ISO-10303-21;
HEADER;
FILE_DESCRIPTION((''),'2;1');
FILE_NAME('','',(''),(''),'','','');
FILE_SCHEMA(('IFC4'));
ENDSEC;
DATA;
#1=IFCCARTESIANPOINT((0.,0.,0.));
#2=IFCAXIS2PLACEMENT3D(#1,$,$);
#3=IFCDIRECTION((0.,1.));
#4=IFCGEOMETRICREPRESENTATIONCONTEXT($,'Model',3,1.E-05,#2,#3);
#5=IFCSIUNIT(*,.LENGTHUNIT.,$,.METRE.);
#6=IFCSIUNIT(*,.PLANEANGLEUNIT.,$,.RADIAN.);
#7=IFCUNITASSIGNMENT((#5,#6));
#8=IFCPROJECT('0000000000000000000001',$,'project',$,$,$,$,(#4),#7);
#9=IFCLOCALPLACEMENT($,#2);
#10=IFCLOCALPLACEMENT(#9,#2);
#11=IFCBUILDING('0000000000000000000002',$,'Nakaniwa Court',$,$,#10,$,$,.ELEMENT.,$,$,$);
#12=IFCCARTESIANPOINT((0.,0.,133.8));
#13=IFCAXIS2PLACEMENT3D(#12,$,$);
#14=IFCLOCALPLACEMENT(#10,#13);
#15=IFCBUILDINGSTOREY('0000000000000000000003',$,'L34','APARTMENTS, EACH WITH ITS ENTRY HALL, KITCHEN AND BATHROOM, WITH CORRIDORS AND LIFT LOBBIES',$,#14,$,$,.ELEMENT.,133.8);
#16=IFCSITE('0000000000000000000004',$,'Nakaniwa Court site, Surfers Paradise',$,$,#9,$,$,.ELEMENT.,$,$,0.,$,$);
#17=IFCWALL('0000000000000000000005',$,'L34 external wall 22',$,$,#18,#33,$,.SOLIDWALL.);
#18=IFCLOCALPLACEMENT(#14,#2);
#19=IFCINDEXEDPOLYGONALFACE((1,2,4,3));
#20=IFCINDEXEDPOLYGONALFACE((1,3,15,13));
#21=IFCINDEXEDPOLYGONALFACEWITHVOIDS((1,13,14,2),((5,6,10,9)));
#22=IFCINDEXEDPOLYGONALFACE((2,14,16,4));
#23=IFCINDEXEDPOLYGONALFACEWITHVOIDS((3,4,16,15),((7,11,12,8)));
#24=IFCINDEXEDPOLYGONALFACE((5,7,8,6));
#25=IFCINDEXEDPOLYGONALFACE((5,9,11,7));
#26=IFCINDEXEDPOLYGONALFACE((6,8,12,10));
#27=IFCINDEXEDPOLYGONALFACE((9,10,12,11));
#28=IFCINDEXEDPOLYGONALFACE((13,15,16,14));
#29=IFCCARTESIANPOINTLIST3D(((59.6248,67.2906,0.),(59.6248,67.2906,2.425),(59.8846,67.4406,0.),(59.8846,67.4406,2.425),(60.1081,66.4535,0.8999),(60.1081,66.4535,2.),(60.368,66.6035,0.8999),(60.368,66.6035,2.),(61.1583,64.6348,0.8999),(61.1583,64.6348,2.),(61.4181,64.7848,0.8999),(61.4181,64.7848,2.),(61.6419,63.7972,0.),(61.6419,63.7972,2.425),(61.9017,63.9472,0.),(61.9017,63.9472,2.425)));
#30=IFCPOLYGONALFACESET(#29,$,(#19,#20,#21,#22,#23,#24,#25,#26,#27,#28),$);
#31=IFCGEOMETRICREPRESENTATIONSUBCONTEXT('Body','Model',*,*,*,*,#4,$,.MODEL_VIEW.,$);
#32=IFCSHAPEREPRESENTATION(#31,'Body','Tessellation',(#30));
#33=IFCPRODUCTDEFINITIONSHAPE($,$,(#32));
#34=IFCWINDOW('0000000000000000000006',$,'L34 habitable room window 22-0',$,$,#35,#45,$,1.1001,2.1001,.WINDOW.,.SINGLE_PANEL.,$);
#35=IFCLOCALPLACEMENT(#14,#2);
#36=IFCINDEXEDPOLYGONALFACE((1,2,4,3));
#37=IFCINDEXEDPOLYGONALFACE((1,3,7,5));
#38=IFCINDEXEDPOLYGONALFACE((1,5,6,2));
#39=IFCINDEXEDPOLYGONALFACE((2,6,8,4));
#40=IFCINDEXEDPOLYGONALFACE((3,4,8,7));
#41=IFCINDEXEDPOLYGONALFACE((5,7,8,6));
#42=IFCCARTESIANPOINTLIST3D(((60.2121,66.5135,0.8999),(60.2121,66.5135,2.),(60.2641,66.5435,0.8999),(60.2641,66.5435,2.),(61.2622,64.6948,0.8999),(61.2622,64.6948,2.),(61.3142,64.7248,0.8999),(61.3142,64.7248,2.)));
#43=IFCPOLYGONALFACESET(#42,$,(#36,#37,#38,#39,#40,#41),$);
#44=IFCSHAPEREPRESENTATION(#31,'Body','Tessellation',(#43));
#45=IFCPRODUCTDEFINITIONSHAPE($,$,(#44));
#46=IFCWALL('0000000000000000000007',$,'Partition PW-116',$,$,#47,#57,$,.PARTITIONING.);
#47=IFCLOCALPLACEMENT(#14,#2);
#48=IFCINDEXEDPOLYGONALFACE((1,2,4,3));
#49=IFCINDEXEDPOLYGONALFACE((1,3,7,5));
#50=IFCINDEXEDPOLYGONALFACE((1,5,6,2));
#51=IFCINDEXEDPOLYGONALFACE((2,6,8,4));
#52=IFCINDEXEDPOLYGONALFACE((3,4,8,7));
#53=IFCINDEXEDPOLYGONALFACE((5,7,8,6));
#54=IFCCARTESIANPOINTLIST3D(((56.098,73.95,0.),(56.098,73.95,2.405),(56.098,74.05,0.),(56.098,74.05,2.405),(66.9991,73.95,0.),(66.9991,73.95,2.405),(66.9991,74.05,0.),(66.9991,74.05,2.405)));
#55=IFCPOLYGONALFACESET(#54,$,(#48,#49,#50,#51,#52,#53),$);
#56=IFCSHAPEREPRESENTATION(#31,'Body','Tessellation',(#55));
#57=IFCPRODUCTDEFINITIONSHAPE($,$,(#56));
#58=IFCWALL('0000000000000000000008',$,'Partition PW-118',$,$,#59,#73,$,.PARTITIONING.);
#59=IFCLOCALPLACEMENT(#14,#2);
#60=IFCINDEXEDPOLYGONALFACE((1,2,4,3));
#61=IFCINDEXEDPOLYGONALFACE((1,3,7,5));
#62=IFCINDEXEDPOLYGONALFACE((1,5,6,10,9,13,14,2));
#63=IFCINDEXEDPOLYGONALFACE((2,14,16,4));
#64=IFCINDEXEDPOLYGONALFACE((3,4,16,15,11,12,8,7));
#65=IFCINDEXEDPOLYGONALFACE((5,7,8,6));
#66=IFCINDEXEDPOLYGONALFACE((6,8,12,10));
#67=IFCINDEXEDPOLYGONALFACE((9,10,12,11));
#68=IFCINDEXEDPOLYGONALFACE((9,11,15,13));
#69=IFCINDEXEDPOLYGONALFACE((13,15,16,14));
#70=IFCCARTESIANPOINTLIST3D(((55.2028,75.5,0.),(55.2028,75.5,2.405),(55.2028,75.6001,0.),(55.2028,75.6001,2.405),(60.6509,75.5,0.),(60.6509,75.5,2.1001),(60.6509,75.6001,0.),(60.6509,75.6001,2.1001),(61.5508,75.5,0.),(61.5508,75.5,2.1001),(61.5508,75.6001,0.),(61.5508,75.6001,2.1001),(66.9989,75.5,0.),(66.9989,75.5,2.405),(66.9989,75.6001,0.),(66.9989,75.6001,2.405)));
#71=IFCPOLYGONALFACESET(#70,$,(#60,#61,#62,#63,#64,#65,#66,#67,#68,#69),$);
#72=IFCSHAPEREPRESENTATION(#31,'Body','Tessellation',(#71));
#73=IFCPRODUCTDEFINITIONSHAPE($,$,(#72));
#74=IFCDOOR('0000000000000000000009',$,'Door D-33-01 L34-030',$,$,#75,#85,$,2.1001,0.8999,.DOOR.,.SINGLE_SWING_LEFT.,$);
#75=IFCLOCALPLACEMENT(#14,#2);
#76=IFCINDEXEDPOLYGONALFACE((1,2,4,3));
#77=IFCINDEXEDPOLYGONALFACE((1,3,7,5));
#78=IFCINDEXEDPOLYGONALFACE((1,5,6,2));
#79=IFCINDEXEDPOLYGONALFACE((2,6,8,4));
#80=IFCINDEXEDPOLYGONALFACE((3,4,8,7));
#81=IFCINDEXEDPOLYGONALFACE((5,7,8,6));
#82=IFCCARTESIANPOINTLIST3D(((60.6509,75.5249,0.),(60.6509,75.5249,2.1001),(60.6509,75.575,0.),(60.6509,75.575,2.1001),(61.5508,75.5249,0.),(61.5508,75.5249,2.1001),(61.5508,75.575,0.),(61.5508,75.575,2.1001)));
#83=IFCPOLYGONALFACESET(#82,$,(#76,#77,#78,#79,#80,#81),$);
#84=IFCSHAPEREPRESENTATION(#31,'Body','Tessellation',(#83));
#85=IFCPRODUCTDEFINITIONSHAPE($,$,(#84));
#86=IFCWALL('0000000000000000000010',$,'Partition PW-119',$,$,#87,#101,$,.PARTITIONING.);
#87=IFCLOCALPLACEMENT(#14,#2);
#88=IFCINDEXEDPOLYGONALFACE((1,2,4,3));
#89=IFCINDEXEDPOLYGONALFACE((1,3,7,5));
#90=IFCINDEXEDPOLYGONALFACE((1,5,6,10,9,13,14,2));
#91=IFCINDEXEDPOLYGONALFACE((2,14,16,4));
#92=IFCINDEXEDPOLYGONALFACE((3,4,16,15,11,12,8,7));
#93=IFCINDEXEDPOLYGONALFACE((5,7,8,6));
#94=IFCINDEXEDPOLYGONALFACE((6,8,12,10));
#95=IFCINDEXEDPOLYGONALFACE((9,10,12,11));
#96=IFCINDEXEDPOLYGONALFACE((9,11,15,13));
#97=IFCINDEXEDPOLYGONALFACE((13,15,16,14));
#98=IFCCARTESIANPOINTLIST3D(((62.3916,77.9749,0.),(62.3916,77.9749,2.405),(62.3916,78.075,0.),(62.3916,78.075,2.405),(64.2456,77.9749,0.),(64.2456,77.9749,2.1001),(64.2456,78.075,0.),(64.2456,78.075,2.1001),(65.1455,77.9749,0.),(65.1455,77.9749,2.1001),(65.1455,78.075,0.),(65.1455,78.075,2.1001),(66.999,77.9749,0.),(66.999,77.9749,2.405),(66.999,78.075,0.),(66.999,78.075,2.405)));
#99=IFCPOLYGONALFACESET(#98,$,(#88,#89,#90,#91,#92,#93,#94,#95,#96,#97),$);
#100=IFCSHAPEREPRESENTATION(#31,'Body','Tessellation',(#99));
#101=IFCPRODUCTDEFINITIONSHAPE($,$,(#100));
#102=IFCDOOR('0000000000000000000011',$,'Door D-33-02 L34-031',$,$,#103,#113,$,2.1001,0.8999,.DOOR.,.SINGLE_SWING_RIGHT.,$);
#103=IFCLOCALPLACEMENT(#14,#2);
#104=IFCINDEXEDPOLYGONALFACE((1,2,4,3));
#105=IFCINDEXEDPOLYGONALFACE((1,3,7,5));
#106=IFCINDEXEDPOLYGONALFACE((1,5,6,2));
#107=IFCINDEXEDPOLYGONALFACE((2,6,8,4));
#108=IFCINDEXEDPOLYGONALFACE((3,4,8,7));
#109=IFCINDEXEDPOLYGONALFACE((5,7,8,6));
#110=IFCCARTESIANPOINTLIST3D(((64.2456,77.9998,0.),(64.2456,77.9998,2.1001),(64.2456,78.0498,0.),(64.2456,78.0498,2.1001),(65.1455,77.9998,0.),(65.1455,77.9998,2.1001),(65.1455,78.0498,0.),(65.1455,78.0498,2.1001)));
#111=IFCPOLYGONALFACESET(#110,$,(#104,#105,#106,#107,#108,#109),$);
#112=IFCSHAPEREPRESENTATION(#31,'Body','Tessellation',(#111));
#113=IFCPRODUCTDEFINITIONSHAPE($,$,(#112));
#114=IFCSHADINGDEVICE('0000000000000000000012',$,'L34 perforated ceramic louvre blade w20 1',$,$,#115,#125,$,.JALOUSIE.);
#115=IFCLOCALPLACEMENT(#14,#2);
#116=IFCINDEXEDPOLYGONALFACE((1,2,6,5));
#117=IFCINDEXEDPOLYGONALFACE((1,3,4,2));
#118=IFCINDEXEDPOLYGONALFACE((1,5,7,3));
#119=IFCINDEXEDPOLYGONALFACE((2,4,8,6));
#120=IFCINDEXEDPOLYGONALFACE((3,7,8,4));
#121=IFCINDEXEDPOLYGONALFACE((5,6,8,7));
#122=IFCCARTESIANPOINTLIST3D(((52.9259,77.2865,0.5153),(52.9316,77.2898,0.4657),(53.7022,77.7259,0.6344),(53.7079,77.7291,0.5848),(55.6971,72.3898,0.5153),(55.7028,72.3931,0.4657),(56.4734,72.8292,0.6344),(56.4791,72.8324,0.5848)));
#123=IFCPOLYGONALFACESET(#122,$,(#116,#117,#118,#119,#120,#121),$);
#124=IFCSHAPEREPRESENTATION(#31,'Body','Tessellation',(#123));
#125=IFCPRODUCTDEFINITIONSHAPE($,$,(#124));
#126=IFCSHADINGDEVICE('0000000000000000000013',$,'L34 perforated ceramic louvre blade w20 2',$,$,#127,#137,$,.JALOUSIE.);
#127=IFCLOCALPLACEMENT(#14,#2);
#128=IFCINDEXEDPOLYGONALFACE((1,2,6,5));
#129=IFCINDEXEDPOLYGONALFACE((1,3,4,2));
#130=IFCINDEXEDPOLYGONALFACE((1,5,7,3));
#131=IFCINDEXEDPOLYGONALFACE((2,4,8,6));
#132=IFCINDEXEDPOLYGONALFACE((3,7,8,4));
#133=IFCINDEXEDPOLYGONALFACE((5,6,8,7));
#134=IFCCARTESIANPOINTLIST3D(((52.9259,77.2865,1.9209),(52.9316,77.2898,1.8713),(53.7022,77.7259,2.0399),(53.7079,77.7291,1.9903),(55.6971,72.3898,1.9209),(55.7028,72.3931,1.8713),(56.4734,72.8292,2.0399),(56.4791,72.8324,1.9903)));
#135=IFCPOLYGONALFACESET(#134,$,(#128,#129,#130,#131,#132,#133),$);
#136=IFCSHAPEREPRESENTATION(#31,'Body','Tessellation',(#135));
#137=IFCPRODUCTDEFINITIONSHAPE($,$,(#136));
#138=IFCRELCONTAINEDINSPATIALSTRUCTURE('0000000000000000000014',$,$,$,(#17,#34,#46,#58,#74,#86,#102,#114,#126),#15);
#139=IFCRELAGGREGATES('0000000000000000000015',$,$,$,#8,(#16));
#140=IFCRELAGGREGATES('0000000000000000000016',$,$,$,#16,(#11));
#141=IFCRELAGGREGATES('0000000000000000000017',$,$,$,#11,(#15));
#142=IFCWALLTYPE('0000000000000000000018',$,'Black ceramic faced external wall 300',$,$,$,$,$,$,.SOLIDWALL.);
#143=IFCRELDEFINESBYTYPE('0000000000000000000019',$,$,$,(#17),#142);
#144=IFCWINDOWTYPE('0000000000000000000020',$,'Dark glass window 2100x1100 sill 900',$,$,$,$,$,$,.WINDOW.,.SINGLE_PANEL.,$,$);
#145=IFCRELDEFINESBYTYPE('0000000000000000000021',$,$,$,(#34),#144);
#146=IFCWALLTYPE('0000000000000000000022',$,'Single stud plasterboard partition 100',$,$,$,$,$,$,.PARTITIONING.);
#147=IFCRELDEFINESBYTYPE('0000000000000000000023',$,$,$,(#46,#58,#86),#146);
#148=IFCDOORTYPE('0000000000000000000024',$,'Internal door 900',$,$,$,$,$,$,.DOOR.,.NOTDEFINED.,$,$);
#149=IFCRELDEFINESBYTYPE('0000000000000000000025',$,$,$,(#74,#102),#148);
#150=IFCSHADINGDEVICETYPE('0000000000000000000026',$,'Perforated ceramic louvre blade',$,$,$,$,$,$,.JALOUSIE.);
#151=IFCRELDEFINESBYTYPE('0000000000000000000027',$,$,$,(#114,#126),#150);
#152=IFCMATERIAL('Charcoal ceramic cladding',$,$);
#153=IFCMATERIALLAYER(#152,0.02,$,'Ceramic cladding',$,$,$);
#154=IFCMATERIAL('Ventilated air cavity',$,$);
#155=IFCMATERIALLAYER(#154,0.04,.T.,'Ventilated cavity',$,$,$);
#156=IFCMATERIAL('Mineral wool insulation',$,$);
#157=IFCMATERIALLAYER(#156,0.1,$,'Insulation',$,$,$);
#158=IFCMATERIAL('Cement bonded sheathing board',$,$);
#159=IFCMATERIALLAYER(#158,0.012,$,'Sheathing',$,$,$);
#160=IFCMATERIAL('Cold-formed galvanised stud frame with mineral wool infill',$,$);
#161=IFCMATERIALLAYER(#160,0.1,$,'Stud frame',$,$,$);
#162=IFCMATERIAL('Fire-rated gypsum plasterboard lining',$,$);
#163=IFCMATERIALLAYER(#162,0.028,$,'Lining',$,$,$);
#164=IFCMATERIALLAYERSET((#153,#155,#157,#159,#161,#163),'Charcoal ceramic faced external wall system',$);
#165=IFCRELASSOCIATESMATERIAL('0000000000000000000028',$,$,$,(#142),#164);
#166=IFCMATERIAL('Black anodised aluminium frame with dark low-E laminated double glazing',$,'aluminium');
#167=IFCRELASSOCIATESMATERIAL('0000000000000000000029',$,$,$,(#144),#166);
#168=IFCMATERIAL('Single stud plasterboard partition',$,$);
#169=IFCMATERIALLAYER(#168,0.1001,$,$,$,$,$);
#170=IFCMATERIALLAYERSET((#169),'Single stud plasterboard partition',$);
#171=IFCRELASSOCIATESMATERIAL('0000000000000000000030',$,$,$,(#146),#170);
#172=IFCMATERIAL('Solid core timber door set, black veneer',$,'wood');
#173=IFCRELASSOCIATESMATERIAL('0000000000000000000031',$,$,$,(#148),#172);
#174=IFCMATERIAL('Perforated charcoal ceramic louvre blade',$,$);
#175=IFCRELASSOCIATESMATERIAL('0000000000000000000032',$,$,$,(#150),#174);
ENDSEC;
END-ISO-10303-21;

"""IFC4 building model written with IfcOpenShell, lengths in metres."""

from ifc_helpers import new_model, si_unit, direction, frame, frame_2d, origin, origin_2d, place, context, subcontext, project, spatial, rectangle, extrude, material, layer, layer_set, material_profile, profile_set, type_object, element, fill, save


model = new_model("IFC4")

# Units and contexts
model_context = context("Model", 3, precision=1e-05, world=origin(), true_north=direction((0.0, 1.0)))
body_context = subcontext(model_context, "Body", "Model", "MODEL_VIEW")
ifc_project = project(units=[si_unit("LENGTHUNIT", "METRE"), si_unit("PLANEANGLEUNIT", "RADIAN")], contexts=[model_context])

# Site, building, storey
site_placement = place(None, origin())
site = spatial("IfcSite", under=ifc_project, at=site_placement, Name="Nakaniwa Court site, Surfers Paradise", CompositionType="ELEMENT", RefElevation=0.0)
building_placement = place(site_placement, origin())
building = spatial("IfcBuilding", under=site, at=building_placement, Name="Nakaniwa Court", CompositionType="ELEMENT")
storey_placement = place(building_placement, frame((0.0, 0.0, 133.8)))
storey = spatial("IfcBuildingStorey", under=building, at=storey_placement, Name="L34", Description="APARTMENTS, EACH WITH ITS ENTRY HALL, KITCHEN AND BATHROOM, WITH CORRIDORS AND LIFT LOBBIES", CompositionType="ELEMENT", Elevation=133.8)

# Shared definitions
ifc_material_1 = material(Name="Solid core timber door set, black veneer", Category="wood")

# Shared definitions
ifc_material_2 = material(Name="Charcoal ceramic cladding")
ifc_layer_1 = layer(ifc_material_2, 0.02, Name="Ceramic cladding")
ifc_material_3 = material(Name="Ventilated air cavity")
ifc_layer_2 = layer(ifc_material_3, 0.04, ventilated=True, Name="Ventilated cavity")
ifc_material_4 = material(Name="Mineral wool insulation")
ifc_layer_3 = layer(ifc_material_4, 0.1, Name="Insulation")
ifc_material_5 = material(Name="Cement bonded sheathing board")
ifc_layer_4 = layer(ifc_material_5, 0.012, Name="Sheathing")
ifc_material_6 = material(Name="Cold-formed galvanised stud frame with mineral wool infill")
ifc_layer_5 = layer(ifc_material_6, 0.1, Name="Stud frame")
ifc_material_7 = material(Name="Fire-rated gypsum plasterboard lining")
ifc_layer_6 = layer(ifc_material_7, 0.028, Name="Lining")
ifc_layer_set_1 = layer_set([ifc_layer_1, ifc_layer_2, ifc_layer_3, ifc_layer_4, ifc_layer_5, ifc_layer_6], Name="Charcoal ceramic faced external wall system")
wall_type_1 = type_object("IfcWallType", Name="Black ceramic faced external wall 300", PredefinedType="SOLIDWALL", material=ifc_layer_set_1)
ifc_material_8 = material(Name="Black anodised aluminium frame with dark low-E laminated double glazing", Category="aluminium")
window_type_1 = type_object("IfcWindowType", Name="Dark glass window 2100x1100 sill 900", PartitioningType="SINGLE_PANEL", PredefinedType="WINDOW", material=ifc_material_8)

# Wall, opening, window
wall_1_placement = place(storey_placement, frame((59.7546, 67.3657, 0.0), z_axis=(0.0, 0.0, 1.0), x_axis=(0.500032, -0.866007, 0.0)))
wall_1 = element("IfcWall", 1, at=wall_1_placement, inside=storey, type_object=wall_type_1, Name="L34 external wall 22", PredefinedType="SOLIDWALL", context=body_context, shape_type="SweptSolid", body=[
    extrude(rectangle(XDim=4.0339, YDim=0.3, at=frame_2d((2.0171, 0.0))), origin(), (0.0, 0.0, 1.0), 2.425),
])
opening_1_placement = place(wall_1_placement, frame((0.9668, 0.0, 0.8999)))
opening_1 = element("IfcOpeningElement", 2, at=opening_1_placement, cuts=wall_1, PredefinedType="OPENING", context=body_context, shape_type="SweptSolid", body=[
    extrude(rectangle(XDim=2.1001, YDim=1.1001, at=frame_2d((1.05, 0.55))), frame((0.0, 0.1599, 0.0), z_axis=(0.0, -1.0, 0.0), x_axis=(1.0, 0.0, 0.0)), (0.0, 0.0, 1.0), 0.3201),
])
window_1_placement = place(opening_1_placement, origin())
window_1 = element("IfcWindow", 3, at=window_1_placement, inside=storey, type_object=window_type_1, Name="L34 habitable room window 22-0", OverallHeight=1.1001, OverallWidth=2.1001, PartitioningType="SINGLE_PANEL", PredefinedType="WINDOW", context=body_context, shape_type="SweptSolid", body=[
    extrude(rectangle(XDim=2.1001, YDim=1.1001, at=frame_2d((1.05, 0.55))), frame((0.0, 0.03, 0.0), z_axis=(0.0, -1.0, 0.0), x_axis=(1.0, 0.0, 0.0)), (0.0, 0.0, 1.0), 0.0601),
])
fill(opening_1, window_1)

# Wall
ifc_material_9 = material(Name="Single stud plasterboard partition")
ifc_layer_7 = layer(ifc_material_9, 0.1001)
ifc_layer_set_2 = layer_set([ifc_layer_7], Name="Single stud plasterboard partition")
wall_type_2 = type_object("IfcWallType", Name="Single stud plasterboard partition 100", PredefinedType="PARTITIONING", material=ifc_layer_set_2)
wall_2_placement = place(storey_placement, frame((56.0979, 74.0, 0.0), z_axis=(0.0, 0.0, 1.0), x_axis=(1.0, 0.0, 0.0)))
element("IfcWall", 4, at=wall_2_placement, inside=storey, type_object=wall_type_2, Name="Partition PW-116", PredefinedType="PARTITIONING", context=body_context, shape_type="SweptSolid", body=[
    extrude(rectangle(XDim=10.9011, YDim=0.1001, at=frame_2d((5.4507, 0.0))), origin(), (0.0, 0.0, 1.0), 2.405),
])

# Walls, openings, doors
wall_3_placement = place(storey_placement, frame((55.2029, 75.55, 0.0), z_axis=(0.0, 0.0, 1.0), x_axis=(1.0, 0.0, 0.0)))
wall_3 = element("IfcWall", 5, at=wall_3_placement, inside=storey, type_object=wall_type_2, Name="Partition PW-118", PredefinedType="PARTITIONING", context=body_context, shape_type="SweptSolid", body=[
    extrude(rectangle(XDim=11.7961, YDim=0.1001, at=frame_2d((5.8979, 0.0))), origin(), (0.0, 0.0, 1.0), 2.405),
])
opening_2_placement = place(wall_3_placement, frame((5.448, 0.0, 0.0)))
opening_2 = element("IfcOpeningElement", 6, at=opening_2_placement, cuts=wall_3, PredefinedType="OPENING", context=body_context, shape_type="SweptSolid", body=[
    extrude(rectangle(XDim=0.8999, YDim=2.1001, at=frame_2d((0.45, 1.05))), frame((0.0, 0.0601, 0.0), z_axis=(0.0, -1.0, 0.0), x_axis=(1.0, 0.0, 0.0)), (0.0, 0.0, 1.0), 0.1201),
])
door_type_1 = type_object("IfcDoorType", Name="Internal door 900", OperationType="NOTDEFINED", PredefinedType="DOOR", material=ifc_material_1)
door_1_placement = place(opening_2_placement, origin())
door_1 = element("IfcDoor", 7, at=door_1_placement, inside=storey, type_object=door_type_1, Name="Door D-33-01 L34-030", OperationType="SINGLE_SWING_LEFT", OverallHeight=2.1001, OverallWidth=0.8999, PredefinedType="DOOR", context=body_context, shape_type="SweptSolid", body=[
    extrude(rectangle(XDim=0.8999, YDim=2.1001, at=frame_2d((0.45, 1.05))), frame((0.0, 0.0249, 0.0), z_axis=(0.0, -1.0, 0.0), x_axis=(1.0, 0.0, 0.0)), (0.0, 0.0, 1.0), 0.05),
])
fill(opening_2, door_1)
wall_4_placement = place(storey_placement, frame((62.3916, 78.0249, 0.0), z_axis=(0.0, 0.0, 1.0), x_axis=(1.0, 0.0, 0.0)))
wall_4 = element("IfcWall", 8, at=wall_4_placement, inside=storey, type_object=wall_type_2, Name="Partition PW-119", PredefinedType="PARTITIONING", context=body_context, shape_type="SweptSolid", body=[
    extrude(rectangle(XDim=4.6074, YDim=0.1001, at=frame_2d((2.3037, 0.0))), origin(), (0.0, 0.0, 1.0), 2.405),
])
opening_3_placement = place(wall_4_placement, frame((1.854, 0.0, 0.0)))
opening_3 = element("IfcOpeningElement", 9, at=opening_3_placement, cuts=wall_4, PredefinedType="OPENING", context=body_context, shape_type="SweptSolid", body=[
    extrude(rectangle(XDim=0.8999, YDim=2.1001, at=frame_2d((0.45, 1.05))), frame((0.0, 0.0601, 0.0), z_axis=(0.0, -1.0, 0.0), x_axis=(1.0, 0.0, 0.0)), (0.0, 0.0, 1.0), 0.1201),
])
door_2_placement = place(opening_3_placement, origin())
door_2 = element("IfcDoor", 10, at=door_2_placement, inside=storey, type_object=door_type_1, Name="Door D-33-02 L34-031", OperationType="SINGLE_SWING_RIGHT", OverallHeight=2.1001, OverallWidth=0.8999, PredefinedType="DOOR", context=body_context, shape_type="SweptSolid", body=[
    extrude(rectangle(XDim=0.8999, YDim=2.1001, at=frame_2d((0.45, 1.05))), frame((0.0, 0.0249, 0.0), z_axis=(0.0, -1.0, 0.0), x_axis=(1.0, 0.0, 0.0)), (0.0, 0.0, 1.0), 0.05),
])
fill(opening_3, door_2)

# Shading devices
ifc_material_10 = material(Name="Perforated charcoal ceramic louvre blade")
ifc_material_profile_1 = material_profile(ifc_material_10, rectangle(XDim=0.8999, YDim=0.05, at=origin_2d()), Name="Perforated ceramic louvre blade")
ifc_profile_set_1 = profile_set([ifc_material_profile_1], Name="Perforated charcoal ceramic louvre blade")
shading_device_type = type_object("IfcShadingDeviceType", Name="Perforated ceramic louvre blade", PredefinedType="JALOUSIE", material=ifc_profile_set_1)
for number, where, z_axis, x_axis, name in (
    (11, (53.3169, 77.5078, 0.55), (0.492532, -0.870294, 0.0), (0.862649, 0.488205, 0.132256), "L34 perforated ceramic louvre blade w20 1"),
    (12, (53.3169, 77.5078, 1.9556), (0.492532, -0.870294, 0.0), (0.862649, 0.488205, 0.132256), "L34 perforated ceramic louvre blade w20 2"),
):
    element("IfcShadingDevice", number, at=place(storey_placement, frame(where, z_axis=z_axis, x_axis=x_axis)), inside=storey, type_object=shading_device_type, Name=name, PredefinedType="JALOUSIE", context=body_context, shape_type="SweptSolid", body=[
        extrude(rectangle(XDim=0.8999, YDim=0.05, at=origin_2d()), origin(), (0.0, 0.0, 1.0), 5.6265),
    ])

save(model, "model.ifc")
